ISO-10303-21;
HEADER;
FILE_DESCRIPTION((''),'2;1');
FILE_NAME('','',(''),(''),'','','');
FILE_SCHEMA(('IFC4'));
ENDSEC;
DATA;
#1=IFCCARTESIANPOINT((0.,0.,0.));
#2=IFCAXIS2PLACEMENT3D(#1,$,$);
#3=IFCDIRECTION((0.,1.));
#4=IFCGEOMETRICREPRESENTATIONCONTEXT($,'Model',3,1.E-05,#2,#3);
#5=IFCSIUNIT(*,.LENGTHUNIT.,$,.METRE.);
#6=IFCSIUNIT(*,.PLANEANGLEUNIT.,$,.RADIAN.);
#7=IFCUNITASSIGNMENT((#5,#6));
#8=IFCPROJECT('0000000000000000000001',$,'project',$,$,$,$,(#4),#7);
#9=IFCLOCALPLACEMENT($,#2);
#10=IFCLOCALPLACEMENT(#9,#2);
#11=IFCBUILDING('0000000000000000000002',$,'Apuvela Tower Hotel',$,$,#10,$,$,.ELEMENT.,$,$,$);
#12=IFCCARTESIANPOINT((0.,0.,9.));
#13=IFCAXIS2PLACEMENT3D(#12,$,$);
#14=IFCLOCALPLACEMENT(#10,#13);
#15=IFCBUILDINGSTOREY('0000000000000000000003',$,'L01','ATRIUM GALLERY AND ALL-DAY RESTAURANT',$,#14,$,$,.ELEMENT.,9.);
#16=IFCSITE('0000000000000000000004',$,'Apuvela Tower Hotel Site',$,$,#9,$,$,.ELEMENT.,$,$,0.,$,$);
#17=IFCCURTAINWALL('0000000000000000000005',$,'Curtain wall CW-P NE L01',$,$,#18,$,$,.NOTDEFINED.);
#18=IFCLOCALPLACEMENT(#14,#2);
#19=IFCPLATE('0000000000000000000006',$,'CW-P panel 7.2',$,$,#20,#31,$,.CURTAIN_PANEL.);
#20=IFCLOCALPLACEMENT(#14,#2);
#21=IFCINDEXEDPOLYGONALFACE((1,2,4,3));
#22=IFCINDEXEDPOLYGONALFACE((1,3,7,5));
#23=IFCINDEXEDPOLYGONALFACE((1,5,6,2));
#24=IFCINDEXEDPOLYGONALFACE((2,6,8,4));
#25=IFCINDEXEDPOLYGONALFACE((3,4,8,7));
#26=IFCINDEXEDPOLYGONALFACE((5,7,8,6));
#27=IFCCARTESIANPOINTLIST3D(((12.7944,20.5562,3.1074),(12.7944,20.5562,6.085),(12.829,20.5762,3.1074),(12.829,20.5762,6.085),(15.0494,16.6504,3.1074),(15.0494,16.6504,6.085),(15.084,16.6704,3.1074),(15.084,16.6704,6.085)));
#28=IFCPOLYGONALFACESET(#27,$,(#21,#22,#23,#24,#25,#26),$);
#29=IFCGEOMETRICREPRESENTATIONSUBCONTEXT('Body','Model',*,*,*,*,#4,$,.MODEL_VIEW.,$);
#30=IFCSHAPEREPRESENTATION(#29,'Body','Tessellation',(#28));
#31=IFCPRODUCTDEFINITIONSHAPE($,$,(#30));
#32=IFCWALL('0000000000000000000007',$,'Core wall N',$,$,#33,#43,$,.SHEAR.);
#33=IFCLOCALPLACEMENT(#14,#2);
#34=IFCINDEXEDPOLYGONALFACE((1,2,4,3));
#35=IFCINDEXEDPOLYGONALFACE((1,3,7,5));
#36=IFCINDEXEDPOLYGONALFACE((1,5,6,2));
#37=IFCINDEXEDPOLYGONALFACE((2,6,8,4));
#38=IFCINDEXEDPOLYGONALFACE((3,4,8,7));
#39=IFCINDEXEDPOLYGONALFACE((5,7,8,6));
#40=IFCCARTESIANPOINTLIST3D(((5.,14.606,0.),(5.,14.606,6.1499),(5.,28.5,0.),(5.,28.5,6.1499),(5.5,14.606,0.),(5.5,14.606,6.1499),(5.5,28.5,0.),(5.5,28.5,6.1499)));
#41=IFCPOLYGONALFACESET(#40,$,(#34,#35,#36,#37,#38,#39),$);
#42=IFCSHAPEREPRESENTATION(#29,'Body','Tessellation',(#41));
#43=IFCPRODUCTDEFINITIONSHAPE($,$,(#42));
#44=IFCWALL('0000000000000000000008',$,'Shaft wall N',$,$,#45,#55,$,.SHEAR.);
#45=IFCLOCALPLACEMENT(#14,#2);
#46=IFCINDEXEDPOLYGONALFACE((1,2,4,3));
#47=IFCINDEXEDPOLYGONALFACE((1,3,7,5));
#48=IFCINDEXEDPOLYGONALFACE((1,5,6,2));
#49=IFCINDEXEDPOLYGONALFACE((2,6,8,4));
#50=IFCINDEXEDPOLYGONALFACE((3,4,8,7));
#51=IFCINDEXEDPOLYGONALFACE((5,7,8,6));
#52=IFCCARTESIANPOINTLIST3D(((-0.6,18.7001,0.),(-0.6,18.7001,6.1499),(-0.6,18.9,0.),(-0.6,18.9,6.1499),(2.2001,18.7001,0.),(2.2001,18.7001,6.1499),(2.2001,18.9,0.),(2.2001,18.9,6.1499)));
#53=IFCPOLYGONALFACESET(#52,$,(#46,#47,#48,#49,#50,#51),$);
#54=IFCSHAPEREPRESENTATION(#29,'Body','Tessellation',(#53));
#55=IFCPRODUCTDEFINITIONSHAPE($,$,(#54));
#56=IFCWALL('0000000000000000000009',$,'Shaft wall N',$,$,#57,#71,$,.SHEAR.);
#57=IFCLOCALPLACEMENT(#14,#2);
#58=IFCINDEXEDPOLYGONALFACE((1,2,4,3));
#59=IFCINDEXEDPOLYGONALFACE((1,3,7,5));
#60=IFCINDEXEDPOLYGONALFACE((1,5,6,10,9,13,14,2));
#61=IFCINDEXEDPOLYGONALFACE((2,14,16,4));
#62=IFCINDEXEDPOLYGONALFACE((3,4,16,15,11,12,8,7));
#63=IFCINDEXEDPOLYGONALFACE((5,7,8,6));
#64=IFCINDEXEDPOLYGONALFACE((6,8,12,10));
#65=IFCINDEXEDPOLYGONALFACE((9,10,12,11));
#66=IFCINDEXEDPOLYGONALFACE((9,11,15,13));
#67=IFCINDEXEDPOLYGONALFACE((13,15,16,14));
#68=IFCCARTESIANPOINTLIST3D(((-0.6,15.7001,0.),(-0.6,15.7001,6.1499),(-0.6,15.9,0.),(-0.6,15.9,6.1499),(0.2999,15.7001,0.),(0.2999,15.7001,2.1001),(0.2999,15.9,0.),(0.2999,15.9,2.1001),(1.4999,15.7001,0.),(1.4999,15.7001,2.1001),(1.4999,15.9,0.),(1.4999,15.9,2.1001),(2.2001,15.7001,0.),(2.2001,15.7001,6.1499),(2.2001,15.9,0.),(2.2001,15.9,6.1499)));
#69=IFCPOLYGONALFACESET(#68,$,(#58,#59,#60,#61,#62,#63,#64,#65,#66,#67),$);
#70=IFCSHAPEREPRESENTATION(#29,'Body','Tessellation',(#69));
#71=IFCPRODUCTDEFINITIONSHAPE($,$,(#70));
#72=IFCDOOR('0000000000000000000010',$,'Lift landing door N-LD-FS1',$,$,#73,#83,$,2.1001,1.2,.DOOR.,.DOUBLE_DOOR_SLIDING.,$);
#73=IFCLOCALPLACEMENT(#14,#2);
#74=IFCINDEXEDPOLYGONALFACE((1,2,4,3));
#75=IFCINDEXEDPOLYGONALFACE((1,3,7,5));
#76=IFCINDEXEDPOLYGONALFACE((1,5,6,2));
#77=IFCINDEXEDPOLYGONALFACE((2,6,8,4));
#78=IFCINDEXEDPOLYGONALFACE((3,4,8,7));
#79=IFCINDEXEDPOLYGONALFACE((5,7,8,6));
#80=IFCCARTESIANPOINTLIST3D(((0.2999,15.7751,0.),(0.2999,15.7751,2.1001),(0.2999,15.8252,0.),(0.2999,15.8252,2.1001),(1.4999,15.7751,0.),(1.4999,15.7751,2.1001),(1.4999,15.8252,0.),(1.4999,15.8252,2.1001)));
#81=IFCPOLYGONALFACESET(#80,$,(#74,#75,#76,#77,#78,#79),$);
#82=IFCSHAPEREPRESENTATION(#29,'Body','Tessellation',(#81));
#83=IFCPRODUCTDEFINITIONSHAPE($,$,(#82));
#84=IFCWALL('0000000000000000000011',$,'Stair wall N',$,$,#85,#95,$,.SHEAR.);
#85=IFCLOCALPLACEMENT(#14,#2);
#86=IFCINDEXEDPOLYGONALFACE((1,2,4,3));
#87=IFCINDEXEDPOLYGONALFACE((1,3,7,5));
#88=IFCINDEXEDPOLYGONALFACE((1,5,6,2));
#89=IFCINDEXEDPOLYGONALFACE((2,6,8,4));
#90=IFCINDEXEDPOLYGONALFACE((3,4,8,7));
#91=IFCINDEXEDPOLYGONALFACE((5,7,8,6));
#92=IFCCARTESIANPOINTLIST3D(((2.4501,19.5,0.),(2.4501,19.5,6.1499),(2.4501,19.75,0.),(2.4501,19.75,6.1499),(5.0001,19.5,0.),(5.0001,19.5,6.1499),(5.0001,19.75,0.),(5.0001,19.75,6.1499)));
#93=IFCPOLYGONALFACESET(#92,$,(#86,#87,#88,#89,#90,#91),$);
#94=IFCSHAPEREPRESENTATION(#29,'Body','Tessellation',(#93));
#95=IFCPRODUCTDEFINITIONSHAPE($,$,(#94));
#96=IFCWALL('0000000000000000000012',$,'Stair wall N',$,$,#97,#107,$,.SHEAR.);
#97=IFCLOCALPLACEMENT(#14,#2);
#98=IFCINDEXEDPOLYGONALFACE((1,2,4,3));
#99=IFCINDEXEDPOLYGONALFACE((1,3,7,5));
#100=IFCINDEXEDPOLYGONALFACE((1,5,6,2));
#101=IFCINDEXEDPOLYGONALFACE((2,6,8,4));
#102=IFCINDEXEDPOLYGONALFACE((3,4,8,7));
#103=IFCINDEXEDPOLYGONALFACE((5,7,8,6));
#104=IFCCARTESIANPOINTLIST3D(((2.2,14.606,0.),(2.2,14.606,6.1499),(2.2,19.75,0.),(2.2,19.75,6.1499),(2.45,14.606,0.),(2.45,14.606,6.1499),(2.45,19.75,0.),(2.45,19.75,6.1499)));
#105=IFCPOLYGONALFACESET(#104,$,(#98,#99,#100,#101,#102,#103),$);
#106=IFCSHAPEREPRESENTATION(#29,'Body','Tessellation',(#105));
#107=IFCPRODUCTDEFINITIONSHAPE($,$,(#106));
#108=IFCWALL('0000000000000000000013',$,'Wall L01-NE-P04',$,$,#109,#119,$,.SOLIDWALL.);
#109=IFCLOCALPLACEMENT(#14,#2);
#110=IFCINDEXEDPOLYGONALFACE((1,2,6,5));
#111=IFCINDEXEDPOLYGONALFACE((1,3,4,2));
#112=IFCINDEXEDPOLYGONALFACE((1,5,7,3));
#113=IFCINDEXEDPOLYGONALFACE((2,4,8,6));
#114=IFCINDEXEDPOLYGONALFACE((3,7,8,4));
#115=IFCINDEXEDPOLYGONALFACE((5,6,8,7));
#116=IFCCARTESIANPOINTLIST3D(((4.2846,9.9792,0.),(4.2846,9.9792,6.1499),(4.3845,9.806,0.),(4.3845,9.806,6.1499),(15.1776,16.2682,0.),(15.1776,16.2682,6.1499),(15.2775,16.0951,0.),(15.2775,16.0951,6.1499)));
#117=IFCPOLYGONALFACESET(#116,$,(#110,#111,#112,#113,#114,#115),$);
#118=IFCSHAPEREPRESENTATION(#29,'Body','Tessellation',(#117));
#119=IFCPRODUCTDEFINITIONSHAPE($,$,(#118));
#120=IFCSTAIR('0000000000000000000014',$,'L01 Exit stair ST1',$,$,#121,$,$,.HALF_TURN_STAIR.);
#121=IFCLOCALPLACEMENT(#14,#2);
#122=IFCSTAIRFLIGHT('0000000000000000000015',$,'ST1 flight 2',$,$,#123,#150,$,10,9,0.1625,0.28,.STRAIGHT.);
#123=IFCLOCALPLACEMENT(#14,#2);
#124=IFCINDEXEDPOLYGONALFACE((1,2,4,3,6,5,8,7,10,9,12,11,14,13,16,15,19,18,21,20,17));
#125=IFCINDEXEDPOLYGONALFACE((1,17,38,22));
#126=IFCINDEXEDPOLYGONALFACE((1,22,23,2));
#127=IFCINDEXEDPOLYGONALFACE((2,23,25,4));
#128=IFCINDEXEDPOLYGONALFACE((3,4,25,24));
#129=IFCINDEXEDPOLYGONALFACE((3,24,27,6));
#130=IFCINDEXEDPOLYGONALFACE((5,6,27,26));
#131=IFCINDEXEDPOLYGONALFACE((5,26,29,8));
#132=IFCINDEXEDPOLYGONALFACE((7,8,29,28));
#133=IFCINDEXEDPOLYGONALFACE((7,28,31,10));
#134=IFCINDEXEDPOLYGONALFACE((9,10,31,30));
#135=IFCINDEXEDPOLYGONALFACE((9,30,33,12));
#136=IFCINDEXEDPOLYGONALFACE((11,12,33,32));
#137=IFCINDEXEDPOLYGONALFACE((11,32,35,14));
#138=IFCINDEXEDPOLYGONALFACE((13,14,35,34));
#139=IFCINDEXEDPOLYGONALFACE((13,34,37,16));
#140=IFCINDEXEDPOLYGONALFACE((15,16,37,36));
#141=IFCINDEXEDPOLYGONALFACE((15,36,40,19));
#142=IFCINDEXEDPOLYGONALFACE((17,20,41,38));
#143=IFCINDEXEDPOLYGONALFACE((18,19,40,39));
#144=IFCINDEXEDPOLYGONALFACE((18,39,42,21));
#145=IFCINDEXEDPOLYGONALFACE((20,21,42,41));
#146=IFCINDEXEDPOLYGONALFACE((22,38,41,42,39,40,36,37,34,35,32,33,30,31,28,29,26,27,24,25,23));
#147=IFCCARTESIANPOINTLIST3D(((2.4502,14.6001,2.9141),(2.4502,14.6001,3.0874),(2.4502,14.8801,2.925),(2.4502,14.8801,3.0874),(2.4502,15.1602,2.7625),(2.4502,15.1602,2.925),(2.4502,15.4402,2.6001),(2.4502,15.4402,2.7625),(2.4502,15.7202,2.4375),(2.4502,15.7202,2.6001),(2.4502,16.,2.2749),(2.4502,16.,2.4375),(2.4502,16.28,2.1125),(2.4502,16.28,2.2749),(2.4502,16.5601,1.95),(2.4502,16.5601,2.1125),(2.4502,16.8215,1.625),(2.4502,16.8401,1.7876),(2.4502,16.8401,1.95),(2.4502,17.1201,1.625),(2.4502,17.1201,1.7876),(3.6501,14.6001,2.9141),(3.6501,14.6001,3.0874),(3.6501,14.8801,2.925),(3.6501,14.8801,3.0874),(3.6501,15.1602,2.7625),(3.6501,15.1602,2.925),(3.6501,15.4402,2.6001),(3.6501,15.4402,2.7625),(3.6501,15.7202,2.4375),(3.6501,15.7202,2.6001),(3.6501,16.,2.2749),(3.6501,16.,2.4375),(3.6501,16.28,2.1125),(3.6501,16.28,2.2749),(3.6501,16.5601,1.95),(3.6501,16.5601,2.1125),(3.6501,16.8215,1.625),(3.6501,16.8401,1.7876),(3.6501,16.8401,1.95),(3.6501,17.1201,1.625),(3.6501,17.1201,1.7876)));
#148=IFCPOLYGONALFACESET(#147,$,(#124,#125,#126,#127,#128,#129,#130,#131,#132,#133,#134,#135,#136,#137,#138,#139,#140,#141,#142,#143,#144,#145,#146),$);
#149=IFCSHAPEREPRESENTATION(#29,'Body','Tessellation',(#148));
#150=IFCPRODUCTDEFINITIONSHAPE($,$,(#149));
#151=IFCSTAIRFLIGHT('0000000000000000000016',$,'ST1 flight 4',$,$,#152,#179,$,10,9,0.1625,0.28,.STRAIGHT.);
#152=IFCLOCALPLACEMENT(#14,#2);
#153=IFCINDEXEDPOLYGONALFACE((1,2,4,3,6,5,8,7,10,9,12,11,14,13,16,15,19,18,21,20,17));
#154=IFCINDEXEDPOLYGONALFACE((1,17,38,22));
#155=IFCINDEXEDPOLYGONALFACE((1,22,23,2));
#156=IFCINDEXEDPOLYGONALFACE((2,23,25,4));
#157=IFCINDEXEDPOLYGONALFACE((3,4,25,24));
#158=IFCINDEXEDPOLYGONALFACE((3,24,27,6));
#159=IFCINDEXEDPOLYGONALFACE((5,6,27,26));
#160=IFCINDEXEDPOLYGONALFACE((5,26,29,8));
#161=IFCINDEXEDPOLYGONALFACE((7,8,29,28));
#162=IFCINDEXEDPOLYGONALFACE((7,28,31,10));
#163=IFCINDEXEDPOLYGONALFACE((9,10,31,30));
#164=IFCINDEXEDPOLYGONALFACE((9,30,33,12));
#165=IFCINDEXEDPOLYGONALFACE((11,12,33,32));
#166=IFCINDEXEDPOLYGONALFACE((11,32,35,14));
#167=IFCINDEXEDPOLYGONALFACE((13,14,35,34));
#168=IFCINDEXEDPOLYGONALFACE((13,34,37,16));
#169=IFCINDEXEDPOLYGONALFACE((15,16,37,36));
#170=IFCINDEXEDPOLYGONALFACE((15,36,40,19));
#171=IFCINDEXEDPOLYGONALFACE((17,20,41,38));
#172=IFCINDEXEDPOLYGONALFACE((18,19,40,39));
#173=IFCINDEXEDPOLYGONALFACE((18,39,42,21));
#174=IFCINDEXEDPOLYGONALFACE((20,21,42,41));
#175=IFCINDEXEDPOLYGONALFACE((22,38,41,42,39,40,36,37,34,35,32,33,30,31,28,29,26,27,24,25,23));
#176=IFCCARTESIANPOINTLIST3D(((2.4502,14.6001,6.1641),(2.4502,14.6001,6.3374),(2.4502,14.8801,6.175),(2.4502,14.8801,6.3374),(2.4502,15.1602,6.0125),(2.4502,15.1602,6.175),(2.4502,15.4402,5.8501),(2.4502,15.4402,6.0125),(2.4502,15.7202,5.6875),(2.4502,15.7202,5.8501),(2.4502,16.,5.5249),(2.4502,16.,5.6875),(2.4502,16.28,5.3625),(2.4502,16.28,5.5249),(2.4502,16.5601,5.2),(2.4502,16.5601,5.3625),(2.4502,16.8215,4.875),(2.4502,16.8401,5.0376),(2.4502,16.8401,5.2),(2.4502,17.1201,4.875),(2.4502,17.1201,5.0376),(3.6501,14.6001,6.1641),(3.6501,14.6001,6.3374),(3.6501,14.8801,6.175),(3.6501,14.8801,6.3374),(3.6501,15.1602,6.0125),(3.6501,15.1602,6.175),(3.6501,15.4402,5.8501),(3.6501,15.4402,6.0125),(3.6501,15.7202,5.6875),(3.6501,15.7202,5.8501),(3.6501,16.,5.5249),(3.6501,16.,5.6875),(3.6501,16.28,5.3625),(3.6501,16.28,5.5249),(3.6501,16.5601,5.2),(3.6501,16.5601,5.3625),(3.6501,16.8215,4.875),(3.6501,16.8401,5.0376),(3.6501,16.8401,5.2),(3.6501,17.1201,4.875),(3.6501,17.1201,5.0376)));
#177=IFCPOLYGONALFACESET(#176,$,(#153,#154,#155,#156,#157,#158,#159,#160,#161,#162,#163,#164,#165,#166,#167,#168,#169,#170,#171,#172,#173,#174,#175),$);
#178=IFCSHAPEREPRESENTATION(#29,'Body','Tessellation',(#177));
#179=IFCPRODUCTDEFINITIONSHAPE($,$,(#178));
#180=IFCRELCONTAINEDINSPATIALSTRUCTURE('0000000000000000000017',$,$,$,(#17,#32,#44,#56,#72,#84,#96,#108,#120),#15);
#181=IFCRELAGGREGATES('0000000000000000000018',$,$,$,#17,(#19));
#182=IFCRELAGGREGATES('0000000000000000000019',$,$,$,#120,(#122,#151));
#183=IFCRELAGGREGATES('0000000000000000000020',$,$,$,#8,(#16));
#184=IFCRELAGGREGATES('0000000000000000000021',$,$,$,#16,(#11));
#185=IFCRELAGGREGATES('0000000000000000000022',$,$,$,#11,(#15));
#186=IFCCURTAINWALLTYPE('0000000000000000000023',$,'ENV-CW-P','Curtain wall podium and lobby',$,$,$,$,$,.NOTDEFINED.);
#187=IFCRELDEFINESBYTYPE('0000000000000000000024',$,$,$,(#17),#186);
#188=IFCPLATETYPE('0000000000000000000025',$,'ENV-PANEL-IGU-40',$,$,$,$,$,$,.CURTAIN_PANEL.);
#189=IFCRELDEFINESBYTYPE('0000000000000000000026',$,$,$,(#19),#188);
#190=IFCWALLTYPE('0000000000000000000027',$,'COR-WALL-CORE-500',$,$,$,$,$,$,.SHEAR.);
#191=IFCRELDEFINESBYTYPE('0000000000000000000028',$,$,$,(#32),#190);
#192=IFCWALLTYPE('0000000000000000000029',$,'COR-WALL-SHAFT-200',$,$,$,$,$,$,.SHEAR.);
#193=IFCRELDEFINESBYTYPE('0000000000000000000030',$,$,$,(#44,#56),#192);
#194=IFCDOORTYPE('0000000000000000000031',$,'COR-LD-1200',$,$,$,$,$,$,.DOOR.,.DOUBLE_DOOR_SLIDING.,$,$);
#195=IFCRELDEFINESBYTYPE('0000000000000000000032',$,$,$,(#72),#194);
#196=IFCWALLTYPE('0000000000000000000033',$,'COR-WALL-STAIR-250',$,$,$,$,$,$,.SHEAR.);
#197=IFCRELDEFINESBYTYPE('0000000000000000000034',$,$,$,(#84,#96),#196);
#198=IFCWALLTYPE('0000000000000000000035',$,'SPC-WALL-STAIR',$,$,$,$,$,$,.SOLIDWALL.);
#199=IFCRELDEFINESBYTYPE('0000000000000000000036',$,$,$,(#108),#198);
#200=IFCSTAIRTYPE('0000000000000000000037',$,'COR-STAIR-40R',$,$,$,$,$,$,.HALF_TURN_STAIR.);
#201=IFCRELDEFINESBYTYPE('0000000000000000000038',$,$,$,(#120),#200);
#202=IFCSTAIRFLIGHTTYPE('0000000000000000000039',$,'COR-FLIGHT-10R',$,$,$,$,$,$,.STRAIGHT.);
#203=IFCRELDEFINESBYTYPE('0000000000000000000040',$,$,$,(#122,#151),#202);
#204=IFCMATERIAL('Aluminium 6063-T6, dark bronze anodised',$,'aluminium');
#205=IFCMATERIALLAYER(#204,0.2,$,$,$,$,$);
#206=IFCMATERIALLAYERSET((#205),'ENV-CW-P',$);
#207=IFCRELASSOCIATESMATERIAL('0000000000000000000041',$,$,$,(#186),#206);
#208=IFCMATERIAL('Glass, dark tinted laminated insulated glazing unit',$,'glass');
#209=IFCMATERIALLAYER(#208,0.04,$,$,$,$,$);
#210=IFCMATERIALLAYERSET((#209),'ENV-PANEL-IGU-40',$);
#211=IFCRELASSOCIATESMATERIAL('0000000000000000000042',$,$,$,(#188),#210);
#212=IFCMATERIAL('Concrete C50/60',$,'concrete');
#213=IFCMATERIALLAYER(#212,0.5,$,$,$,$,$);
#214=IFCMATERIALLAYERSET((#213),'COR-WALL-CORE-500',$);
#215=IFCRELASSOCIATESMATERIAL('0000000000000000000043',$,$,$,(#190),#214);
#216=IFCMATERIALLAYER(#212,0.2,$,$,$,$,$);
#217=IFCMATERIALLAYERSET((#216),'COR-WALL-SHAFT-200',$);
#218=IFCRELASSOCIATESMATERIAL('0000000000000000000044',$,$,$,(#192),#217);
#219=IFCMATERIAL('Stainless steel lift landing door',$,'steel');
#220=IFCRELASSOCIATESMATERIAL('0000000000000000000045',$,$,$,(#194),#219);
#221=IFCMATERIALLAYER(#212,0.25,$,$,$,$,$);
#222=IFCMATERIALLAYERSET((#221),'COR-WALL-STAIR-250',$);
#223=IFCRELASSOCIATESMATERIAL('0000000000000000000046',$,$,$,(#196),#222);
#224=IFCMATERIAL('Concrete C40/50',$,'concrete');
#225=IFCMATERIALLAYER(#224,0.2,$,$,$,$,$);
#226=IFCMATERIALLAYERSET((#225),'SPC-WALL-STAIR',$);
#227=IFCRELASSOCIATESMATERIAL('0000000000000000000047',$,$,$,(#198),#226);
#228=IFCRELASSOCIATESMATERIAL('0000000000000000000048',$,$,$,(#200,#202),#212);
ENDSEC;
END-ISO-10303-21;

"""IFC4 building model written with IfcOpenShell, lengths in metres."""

from ifc_helpers import new_model, si_unit, direction, frame, frame_2d, origin, origin_2d, place, context, subcontext, project, spatial, polyline, rectangle, outline, extrude, material, layer, layer_set, type_object, element, fill, aggregate, save


model = new_model("IFC4")

# Units and contexts
model_context = context("Model", 3, precision=1e-05, world=origin(), true_north=direction((0.0, 1.0)))
body_context = subcontext(model_context, "Body", "Model", "MODEL_VIEW")
ifc_project = project(units=[si_unit("LENGTHUNIT", "METRE"), si_unit("PLANEANGLEUNIT", "RADIAN")], contexts=[model_context])

# Site, building, storey
site_placement = place(None, origin())
site = spatial("IfcSite", under=ifc_project, at=site_placement, Name="Apuvela Tower Hotel Site", CompositionType="ELEMENT", RefElevation=0.0)
building_placement = place(site_placement, origin())
building = spatial("IfcBuilding", under=site, at=building_placement, Name="Apuvela Tower Hotel", CompositionType="ELEMENT")
storey_placement = place(building_placement, frame((0.0, 0.0, 9.0)))
storey = spatial("IfcBuildingStorey", under=building, at=storey_placement, Name="L01", Description="ATRIUM GALLERY AND ALL-DAY RESTAURANT", CompositionType="ELEMENT", Elevation=9.0)

# Curtain wall
ifc_material_1 = material(Name="Aluminium 6063-T6, dark bronze anodised", Category="aluminium")
ifc_layer_1 = layer(ifc_material_1, 0.2)
ifc_layer_set_1 = layer_set([ifc_layer_1], Name="ENV-CW-P")
curtain_wall_type = type_object("IfcCurtainWallType", Name="ENV-CW-P", Description="Curtain wall podium and lobby", PredefinedType="NOTDEFINED", material=ifc_layer_set_1)
curtain_wall_placement = place(storey_placement, origin())
curtain_wall = element("IfcCurtainWall", 1, at=curtain_wall_placement, inside=storey, type_object=curtain_wall_type, Name="Curtain wall CW-P NE L01", PredefinedType="NOTDEFINED")

# Plate
ifc_material_2 = material(Name="Glass, dark tinted laminated insulated glazing unit", Category="glass")
ifc_layer_2 = layer(ifc_material_2, 0.04)
ifc_layer_set_2 = layer_set([ifc_layer_2], Name="ENV-PANEL-IGU-40")
plate_type = type_object("IfcPlateType", Name="ENV-PANEL-IGU-40", PredefinedType="CURTAIN_PANEL", material=ifc_layer_set_2)
plate_1_placement = place(storey_placement, frame((13.9392, 18.6133, 3.1074), z_axis=(0.0, 0.0, 1.0), x_axis=(-0.5, 0.866025, 0.0)))
plate_1 = element("IfcPlate", 2, at=plate_1_placement, type_object=plate_type, Name="CW-P panel 7.2", PredefinedType="CURTAIN_PANEL", context=body_context, shape_type="SweptSolid", body=[
    extrude(rectangle(XDim=4.51, YDim=0.04, at=origin_2d()), origin(), (0.0, 0.0, 1.0), 2.9775),
])
aggregate(curtain_wall, [plate_1])

# Walls
ifc_material_3 = material(Name="Concrete C50/60", Category="concrete")
ifc_layer_3 = layer(ifc_material_3, 0.5)
ifc_layer_set_3 = layer_set([ifc_layer_3], Name="COR-WALL-CORE-500")
wall_type_1 = type_object("IfcWallType", Name="COR-WALL-CORE-500", PredefinedType="SHEAR", material=ifc_layer_set_3)
wall_1_placement = place(storey_placement, frame((5.25, 14.606, 0.0), z_axis=(0.0, 0.0, 1.0), x_axis=(0.0, 1.0, 0.0)))
element("IfcWall", 3, at=wall_1_placement, inside=storey, type_object=wall_type_1, Name="Core wall N", PredefinedType="SHEAR", context=body_context, shape_type="SweptSolid", body=[
    extrude(rectangle(XDim=13.894, YDim=0.5, at=frame_2d((6.947, 0.0))), origin(), (0.0, 0.0, 1.0), 6.1499),
])
ifc_layer_4 = layer(ifc_material_3, 0.2)
ifc_layer_set_4 = layer_set([ifc_layer_4], Name="COR-WALL-SHAFT-200")
wall_type_2 = type_object("IfcWallType", Name="COR-WALL-SHAFT-200", PredefinedType="SHEAR", material=ifc_layer_set_4)
wall_2_placement = place(storey_placement, frame((2.2, 18.8, 0.0), z_axis=(0.0, 0.0, 1.0), x_axis=(-1.0, 0.0, 0.0)))
element("IfcWall", 4, at=wall_2_placement, inside=storey, type_object=wall_type_2, Name="Shaft wall N", PredefinedType="SHEAR", context=body_context, shape_type="SweptSolid", body=[
    extrude(rectangle(XDim=2.8, YDim=0.2, at=frame_2d((1.3999, 0.0))), origin(), (0.0, 0.0, 1.0), 6.1499),
])

# Wall, opening, door
wall_3_placement = place(storey_placement, frame((2.2, 15.8, 0.0), z_axis=(0.0, 0.0, 1.0), x_axis=(-1.0, 0.0, 0.0)))
wall_3 = element("IfcWall", 5, at=wall_3_placement, inside=storey, type_object=wall_type_2, Name="Shaft wall N", PredefinedType="SHEAR", context=body_context, shape_type="SweptSolid", body=[
    extrude(rectangle(XDim=2.8, YDim=0.2, at=frame_2d((1.3999, 0.0))), origin(), (0.0, 0.0, 1.0), 6.1499),
])
opening_placement = place(wall_3_placement, frame((0.7, 0.0, 0.0)))
opening = element("IfcOpeningElement", 6, at=opening_placement, cuts=wall_3, PredefinedType="OPENING", context=body_context, shape_type="SweptSolid", body=[
    extrude(rectangle(XDim=1.2, YDim=2.1001, at=frame_2d((0.6001, 1.05))), frame((0.0, 0.1099, 0.0), z_axis=(0.0, -1.0, 0.0), x_axis=(1.0, 0.0, 0.0)), (0.0, 0.0, 1.0), 0.22),
])
ifc_material_4 = material(Name="Stainless steel lift landing door", Category="steel")
door_type = type_object("IfcDoorType", Name="COR-LD-1200", OperationType="DOUBLE_DOOR_SLIDING", PredefinedType="DOOR", material=ifc_material_4)
door_placement = place(opening_placement, origin())
door = element("IfcDoor", 7, at=door_placement, inside=storey, type_object=door_type, Name="Lift landing door N-LD-FS1", OperationType="DOUBLE_DOOR_SLIDING", OverallHeight=2.1001, OverallWidth=1.2, PredefinedType="DOOR", context=body_context, shape_type="SweptSolid", body=[
    extrude(rectangle(XDim=1.2, YDim=2.1001, at=frame_2d((0.6001, 1.05))), frame((0.0, 0.0249, 0.0), z_axis=(0.0, -1.0, 0.0), x_axis=(1.0, 0.0, 0.0)), (0.0, 0.0, 1.0), 0.05),
])
fill(opening, door)

# Walls
ifc_layer_5 = layer(ifc_material_3, 0.25)
ifc_layer_set_5 = layer_set([ifc_layer_5], Name="COR-WALL-STAIR-250")
wall_type_3 = type_object("IfcWallType", Name="COR-WALL-STAIR-250", PredefinedType="SHEAR", material=ifc_layer_set_5)
wall_4_placement = place(storey_placement, frame((5.0, 19.625, 0.0), z_axis=(0.0, 0.0, 1.0), x_axis=(-1.0, 0.0, 0.0)))
element("IfcWall", 8, at=wall_4_placement, inside=storey, type_object=wall_type_3, Name="Stair wall N", PredefinedType="SHEAR", context=body_context, shape_type="SweptSolid", body=[
    extrude(rectangle(XDim=2.55, YDim=0.25, at=frame_2d((1.2749, 0.0))), origin(), (0.0, 0.0, 1.0), 6.1499),
])
wall_5_placement = place(storey_placement, frame((2.325, 14.606, 0.0), z_axis=(0.0, 0.0, 1.0), x_axis=(0.0, 1.0, 0.0)))
element("IfcWall", 9, at=wall_5_placement, inside=storey, type_object=wall_type_3, Name="Stair wall N", PredefinedType="SHEAR", context=body_context, shape_type="SweptSolid", body=[
    extrude(rectangle(XDim=5.144, YDim=0.25, at=frame_2d((2.572, 0.0))), origin(), (0.0, 0.0, 1.0), 6.1499),
])
ifc_material_5 = material(Name="Concrete C40/50", Category="concrete")
ifc_layer_6 = layer(ifc_material_5, 0.2)
ifc_layer_set_6 = layer_set([ifc_layer_6], Name="SPC-WALL-STAIR")
wall_type_4 = type_object("IfcWallType", Name="SPC-WALL-STAIR", PredefinedType="SOLIDWALL", material=ifc_layer_set_6)
wall_6_placement = place(storey_placement, frame((15.2275, 16.1816, 0.0), z_axis=(0.0, 0.0, 1.0), x_axis=(-0.866027, -0.499997, 0.0)))
element("IfcWall", 10, at=wall_6_placement, inside=storey, type_object=wall_type_4, Name="Wall L01-NE-P04", PredefinedType="SOLIDWALL", context=body_context, shape_type="SweptSolid", body=[
    extrude(rectangle(XDim=12.5781, YDim=0.2, at=frame_2d((6.2891, 0.0))), origin(), (0.0, 0.0, 1.0), 6.1499),
])

# Stair, stair flights
stair_type = type_object("IfcStairType", Name="COR-STAIR-40R", PredefinedType="HALF_TURN_STAIR", material=ifc_material_3)
stair_placement = place(storey_placement, origin())
stair = element("IfcStair", 11, at=stair_placement, inside=storey, type_object=stair_type, Name="L01 Exit stair ST1", PredefinedType="HALF_TURN_STAIR")
stair_flight_type = type_object("IfcStairFlightType", Name="COR-FLIGHT-10R", PredefinedType="STRAIGHT", material=ifc_material_3)
stair_flight_1_placement = place(storey_placement, frame((3.05, 17.1201, 1.625), z_axis=(0.0, 0.0, 1.0), x_axis=(0.0, -1.0, 0.0)))
stair_flight_1 = element("IfcStairFlight", 12, at=stair_flight_1_placement, type_object=stair_flight_type, Name="ST1 flight 2", NumberOfRisers=10, NumberOfTreads=9, PredefinedType="STRAIGHT", RiserHeight=0.1625, TreadLength=0.28, context=body_context, shape_type="SweptSolid", body=[
    extrude(outline(polyline([(0.0, 0.0), (0.0, 0.1626), (0.28, 0.1626), (0.28, 0.325), (0.5601, 0.325), (0.5601, 0.4875), (0.8401, 0.4875), (0.8401, 0.6499), (1.1201, 0.6499), (1.1201, 0.8125), (1.3999, 0.8125), (1.3999, 0.9751), (1.6799, 0.9751), (1.6799, 1.1375), (1.96, 1.1375), (1.96, 1.3), (2.24, 1.3), (2.24, 1.4624), (2.52, 1.4624), (2.52, 1.625), (2.52, 1.2891), (0.2986, 0.0), (0.0, 0.0)])), frame((0.0, 0.6001, 0.0), z_axis=(0.0, -1.0, 0.0), x_axis=(1.0, 0.0, 0.0)), (0.0, 0.0, 1.0), 1.2),
])
stair_flight_2_placement = place(storey_placement, frame((3.05, 17.1201, 4.875), z_axis=(0.0, 0.0, 1.0), x_axis=(0.0, -1.0, 0.0)))
stair_flight_2 = element("IfcStairFlight", 13, at=stair_flight_2_placement, type_object=stair_flight_type, Name="ST1 flight 4", NumberOfRisers=10, NumberOfTreads=9, PredefinedType="STRAIGHT", RiserHeight=0.1625, TreadLength=0.28, context=body_context, shape_type="SweptSolid", body=[
    extrude(outline(polyline([(0.0, 0.0), (0.0, 0.1626), (0.28, 0.1626), (0.28, 0.325), (0.5601, 0.325), (0.5601, 0.4875), (0.8401, 0.4875), (0.8401, 0.6499), (1.1201, 0.6499), (1.1201, 0.8125), (1.3999, 0.8125), (1.3999, 0.9751), (1.6799, 0.9751), (1.6799, 1.1375), (1.96, 1.1375), (1.96, 1.3), (2.24, 1.3), (2.24, 1.4624), (2.52, 1.4624), (2.52, 1.625), (2.52, 1.2891), (0.2986, 0.0), (0.0, 0.0)])), frame((0.0, 0.6001, 0.0), z_axis=(0.0, -1.0, 0.0), x_axis=(1.0, 0.0, 0.0)), (0.0, 0.0, 1.0), 1.2),
])
aggregate(stair, [stair_flight_1, stair_flight_2])

save(model, "model.ifc")
